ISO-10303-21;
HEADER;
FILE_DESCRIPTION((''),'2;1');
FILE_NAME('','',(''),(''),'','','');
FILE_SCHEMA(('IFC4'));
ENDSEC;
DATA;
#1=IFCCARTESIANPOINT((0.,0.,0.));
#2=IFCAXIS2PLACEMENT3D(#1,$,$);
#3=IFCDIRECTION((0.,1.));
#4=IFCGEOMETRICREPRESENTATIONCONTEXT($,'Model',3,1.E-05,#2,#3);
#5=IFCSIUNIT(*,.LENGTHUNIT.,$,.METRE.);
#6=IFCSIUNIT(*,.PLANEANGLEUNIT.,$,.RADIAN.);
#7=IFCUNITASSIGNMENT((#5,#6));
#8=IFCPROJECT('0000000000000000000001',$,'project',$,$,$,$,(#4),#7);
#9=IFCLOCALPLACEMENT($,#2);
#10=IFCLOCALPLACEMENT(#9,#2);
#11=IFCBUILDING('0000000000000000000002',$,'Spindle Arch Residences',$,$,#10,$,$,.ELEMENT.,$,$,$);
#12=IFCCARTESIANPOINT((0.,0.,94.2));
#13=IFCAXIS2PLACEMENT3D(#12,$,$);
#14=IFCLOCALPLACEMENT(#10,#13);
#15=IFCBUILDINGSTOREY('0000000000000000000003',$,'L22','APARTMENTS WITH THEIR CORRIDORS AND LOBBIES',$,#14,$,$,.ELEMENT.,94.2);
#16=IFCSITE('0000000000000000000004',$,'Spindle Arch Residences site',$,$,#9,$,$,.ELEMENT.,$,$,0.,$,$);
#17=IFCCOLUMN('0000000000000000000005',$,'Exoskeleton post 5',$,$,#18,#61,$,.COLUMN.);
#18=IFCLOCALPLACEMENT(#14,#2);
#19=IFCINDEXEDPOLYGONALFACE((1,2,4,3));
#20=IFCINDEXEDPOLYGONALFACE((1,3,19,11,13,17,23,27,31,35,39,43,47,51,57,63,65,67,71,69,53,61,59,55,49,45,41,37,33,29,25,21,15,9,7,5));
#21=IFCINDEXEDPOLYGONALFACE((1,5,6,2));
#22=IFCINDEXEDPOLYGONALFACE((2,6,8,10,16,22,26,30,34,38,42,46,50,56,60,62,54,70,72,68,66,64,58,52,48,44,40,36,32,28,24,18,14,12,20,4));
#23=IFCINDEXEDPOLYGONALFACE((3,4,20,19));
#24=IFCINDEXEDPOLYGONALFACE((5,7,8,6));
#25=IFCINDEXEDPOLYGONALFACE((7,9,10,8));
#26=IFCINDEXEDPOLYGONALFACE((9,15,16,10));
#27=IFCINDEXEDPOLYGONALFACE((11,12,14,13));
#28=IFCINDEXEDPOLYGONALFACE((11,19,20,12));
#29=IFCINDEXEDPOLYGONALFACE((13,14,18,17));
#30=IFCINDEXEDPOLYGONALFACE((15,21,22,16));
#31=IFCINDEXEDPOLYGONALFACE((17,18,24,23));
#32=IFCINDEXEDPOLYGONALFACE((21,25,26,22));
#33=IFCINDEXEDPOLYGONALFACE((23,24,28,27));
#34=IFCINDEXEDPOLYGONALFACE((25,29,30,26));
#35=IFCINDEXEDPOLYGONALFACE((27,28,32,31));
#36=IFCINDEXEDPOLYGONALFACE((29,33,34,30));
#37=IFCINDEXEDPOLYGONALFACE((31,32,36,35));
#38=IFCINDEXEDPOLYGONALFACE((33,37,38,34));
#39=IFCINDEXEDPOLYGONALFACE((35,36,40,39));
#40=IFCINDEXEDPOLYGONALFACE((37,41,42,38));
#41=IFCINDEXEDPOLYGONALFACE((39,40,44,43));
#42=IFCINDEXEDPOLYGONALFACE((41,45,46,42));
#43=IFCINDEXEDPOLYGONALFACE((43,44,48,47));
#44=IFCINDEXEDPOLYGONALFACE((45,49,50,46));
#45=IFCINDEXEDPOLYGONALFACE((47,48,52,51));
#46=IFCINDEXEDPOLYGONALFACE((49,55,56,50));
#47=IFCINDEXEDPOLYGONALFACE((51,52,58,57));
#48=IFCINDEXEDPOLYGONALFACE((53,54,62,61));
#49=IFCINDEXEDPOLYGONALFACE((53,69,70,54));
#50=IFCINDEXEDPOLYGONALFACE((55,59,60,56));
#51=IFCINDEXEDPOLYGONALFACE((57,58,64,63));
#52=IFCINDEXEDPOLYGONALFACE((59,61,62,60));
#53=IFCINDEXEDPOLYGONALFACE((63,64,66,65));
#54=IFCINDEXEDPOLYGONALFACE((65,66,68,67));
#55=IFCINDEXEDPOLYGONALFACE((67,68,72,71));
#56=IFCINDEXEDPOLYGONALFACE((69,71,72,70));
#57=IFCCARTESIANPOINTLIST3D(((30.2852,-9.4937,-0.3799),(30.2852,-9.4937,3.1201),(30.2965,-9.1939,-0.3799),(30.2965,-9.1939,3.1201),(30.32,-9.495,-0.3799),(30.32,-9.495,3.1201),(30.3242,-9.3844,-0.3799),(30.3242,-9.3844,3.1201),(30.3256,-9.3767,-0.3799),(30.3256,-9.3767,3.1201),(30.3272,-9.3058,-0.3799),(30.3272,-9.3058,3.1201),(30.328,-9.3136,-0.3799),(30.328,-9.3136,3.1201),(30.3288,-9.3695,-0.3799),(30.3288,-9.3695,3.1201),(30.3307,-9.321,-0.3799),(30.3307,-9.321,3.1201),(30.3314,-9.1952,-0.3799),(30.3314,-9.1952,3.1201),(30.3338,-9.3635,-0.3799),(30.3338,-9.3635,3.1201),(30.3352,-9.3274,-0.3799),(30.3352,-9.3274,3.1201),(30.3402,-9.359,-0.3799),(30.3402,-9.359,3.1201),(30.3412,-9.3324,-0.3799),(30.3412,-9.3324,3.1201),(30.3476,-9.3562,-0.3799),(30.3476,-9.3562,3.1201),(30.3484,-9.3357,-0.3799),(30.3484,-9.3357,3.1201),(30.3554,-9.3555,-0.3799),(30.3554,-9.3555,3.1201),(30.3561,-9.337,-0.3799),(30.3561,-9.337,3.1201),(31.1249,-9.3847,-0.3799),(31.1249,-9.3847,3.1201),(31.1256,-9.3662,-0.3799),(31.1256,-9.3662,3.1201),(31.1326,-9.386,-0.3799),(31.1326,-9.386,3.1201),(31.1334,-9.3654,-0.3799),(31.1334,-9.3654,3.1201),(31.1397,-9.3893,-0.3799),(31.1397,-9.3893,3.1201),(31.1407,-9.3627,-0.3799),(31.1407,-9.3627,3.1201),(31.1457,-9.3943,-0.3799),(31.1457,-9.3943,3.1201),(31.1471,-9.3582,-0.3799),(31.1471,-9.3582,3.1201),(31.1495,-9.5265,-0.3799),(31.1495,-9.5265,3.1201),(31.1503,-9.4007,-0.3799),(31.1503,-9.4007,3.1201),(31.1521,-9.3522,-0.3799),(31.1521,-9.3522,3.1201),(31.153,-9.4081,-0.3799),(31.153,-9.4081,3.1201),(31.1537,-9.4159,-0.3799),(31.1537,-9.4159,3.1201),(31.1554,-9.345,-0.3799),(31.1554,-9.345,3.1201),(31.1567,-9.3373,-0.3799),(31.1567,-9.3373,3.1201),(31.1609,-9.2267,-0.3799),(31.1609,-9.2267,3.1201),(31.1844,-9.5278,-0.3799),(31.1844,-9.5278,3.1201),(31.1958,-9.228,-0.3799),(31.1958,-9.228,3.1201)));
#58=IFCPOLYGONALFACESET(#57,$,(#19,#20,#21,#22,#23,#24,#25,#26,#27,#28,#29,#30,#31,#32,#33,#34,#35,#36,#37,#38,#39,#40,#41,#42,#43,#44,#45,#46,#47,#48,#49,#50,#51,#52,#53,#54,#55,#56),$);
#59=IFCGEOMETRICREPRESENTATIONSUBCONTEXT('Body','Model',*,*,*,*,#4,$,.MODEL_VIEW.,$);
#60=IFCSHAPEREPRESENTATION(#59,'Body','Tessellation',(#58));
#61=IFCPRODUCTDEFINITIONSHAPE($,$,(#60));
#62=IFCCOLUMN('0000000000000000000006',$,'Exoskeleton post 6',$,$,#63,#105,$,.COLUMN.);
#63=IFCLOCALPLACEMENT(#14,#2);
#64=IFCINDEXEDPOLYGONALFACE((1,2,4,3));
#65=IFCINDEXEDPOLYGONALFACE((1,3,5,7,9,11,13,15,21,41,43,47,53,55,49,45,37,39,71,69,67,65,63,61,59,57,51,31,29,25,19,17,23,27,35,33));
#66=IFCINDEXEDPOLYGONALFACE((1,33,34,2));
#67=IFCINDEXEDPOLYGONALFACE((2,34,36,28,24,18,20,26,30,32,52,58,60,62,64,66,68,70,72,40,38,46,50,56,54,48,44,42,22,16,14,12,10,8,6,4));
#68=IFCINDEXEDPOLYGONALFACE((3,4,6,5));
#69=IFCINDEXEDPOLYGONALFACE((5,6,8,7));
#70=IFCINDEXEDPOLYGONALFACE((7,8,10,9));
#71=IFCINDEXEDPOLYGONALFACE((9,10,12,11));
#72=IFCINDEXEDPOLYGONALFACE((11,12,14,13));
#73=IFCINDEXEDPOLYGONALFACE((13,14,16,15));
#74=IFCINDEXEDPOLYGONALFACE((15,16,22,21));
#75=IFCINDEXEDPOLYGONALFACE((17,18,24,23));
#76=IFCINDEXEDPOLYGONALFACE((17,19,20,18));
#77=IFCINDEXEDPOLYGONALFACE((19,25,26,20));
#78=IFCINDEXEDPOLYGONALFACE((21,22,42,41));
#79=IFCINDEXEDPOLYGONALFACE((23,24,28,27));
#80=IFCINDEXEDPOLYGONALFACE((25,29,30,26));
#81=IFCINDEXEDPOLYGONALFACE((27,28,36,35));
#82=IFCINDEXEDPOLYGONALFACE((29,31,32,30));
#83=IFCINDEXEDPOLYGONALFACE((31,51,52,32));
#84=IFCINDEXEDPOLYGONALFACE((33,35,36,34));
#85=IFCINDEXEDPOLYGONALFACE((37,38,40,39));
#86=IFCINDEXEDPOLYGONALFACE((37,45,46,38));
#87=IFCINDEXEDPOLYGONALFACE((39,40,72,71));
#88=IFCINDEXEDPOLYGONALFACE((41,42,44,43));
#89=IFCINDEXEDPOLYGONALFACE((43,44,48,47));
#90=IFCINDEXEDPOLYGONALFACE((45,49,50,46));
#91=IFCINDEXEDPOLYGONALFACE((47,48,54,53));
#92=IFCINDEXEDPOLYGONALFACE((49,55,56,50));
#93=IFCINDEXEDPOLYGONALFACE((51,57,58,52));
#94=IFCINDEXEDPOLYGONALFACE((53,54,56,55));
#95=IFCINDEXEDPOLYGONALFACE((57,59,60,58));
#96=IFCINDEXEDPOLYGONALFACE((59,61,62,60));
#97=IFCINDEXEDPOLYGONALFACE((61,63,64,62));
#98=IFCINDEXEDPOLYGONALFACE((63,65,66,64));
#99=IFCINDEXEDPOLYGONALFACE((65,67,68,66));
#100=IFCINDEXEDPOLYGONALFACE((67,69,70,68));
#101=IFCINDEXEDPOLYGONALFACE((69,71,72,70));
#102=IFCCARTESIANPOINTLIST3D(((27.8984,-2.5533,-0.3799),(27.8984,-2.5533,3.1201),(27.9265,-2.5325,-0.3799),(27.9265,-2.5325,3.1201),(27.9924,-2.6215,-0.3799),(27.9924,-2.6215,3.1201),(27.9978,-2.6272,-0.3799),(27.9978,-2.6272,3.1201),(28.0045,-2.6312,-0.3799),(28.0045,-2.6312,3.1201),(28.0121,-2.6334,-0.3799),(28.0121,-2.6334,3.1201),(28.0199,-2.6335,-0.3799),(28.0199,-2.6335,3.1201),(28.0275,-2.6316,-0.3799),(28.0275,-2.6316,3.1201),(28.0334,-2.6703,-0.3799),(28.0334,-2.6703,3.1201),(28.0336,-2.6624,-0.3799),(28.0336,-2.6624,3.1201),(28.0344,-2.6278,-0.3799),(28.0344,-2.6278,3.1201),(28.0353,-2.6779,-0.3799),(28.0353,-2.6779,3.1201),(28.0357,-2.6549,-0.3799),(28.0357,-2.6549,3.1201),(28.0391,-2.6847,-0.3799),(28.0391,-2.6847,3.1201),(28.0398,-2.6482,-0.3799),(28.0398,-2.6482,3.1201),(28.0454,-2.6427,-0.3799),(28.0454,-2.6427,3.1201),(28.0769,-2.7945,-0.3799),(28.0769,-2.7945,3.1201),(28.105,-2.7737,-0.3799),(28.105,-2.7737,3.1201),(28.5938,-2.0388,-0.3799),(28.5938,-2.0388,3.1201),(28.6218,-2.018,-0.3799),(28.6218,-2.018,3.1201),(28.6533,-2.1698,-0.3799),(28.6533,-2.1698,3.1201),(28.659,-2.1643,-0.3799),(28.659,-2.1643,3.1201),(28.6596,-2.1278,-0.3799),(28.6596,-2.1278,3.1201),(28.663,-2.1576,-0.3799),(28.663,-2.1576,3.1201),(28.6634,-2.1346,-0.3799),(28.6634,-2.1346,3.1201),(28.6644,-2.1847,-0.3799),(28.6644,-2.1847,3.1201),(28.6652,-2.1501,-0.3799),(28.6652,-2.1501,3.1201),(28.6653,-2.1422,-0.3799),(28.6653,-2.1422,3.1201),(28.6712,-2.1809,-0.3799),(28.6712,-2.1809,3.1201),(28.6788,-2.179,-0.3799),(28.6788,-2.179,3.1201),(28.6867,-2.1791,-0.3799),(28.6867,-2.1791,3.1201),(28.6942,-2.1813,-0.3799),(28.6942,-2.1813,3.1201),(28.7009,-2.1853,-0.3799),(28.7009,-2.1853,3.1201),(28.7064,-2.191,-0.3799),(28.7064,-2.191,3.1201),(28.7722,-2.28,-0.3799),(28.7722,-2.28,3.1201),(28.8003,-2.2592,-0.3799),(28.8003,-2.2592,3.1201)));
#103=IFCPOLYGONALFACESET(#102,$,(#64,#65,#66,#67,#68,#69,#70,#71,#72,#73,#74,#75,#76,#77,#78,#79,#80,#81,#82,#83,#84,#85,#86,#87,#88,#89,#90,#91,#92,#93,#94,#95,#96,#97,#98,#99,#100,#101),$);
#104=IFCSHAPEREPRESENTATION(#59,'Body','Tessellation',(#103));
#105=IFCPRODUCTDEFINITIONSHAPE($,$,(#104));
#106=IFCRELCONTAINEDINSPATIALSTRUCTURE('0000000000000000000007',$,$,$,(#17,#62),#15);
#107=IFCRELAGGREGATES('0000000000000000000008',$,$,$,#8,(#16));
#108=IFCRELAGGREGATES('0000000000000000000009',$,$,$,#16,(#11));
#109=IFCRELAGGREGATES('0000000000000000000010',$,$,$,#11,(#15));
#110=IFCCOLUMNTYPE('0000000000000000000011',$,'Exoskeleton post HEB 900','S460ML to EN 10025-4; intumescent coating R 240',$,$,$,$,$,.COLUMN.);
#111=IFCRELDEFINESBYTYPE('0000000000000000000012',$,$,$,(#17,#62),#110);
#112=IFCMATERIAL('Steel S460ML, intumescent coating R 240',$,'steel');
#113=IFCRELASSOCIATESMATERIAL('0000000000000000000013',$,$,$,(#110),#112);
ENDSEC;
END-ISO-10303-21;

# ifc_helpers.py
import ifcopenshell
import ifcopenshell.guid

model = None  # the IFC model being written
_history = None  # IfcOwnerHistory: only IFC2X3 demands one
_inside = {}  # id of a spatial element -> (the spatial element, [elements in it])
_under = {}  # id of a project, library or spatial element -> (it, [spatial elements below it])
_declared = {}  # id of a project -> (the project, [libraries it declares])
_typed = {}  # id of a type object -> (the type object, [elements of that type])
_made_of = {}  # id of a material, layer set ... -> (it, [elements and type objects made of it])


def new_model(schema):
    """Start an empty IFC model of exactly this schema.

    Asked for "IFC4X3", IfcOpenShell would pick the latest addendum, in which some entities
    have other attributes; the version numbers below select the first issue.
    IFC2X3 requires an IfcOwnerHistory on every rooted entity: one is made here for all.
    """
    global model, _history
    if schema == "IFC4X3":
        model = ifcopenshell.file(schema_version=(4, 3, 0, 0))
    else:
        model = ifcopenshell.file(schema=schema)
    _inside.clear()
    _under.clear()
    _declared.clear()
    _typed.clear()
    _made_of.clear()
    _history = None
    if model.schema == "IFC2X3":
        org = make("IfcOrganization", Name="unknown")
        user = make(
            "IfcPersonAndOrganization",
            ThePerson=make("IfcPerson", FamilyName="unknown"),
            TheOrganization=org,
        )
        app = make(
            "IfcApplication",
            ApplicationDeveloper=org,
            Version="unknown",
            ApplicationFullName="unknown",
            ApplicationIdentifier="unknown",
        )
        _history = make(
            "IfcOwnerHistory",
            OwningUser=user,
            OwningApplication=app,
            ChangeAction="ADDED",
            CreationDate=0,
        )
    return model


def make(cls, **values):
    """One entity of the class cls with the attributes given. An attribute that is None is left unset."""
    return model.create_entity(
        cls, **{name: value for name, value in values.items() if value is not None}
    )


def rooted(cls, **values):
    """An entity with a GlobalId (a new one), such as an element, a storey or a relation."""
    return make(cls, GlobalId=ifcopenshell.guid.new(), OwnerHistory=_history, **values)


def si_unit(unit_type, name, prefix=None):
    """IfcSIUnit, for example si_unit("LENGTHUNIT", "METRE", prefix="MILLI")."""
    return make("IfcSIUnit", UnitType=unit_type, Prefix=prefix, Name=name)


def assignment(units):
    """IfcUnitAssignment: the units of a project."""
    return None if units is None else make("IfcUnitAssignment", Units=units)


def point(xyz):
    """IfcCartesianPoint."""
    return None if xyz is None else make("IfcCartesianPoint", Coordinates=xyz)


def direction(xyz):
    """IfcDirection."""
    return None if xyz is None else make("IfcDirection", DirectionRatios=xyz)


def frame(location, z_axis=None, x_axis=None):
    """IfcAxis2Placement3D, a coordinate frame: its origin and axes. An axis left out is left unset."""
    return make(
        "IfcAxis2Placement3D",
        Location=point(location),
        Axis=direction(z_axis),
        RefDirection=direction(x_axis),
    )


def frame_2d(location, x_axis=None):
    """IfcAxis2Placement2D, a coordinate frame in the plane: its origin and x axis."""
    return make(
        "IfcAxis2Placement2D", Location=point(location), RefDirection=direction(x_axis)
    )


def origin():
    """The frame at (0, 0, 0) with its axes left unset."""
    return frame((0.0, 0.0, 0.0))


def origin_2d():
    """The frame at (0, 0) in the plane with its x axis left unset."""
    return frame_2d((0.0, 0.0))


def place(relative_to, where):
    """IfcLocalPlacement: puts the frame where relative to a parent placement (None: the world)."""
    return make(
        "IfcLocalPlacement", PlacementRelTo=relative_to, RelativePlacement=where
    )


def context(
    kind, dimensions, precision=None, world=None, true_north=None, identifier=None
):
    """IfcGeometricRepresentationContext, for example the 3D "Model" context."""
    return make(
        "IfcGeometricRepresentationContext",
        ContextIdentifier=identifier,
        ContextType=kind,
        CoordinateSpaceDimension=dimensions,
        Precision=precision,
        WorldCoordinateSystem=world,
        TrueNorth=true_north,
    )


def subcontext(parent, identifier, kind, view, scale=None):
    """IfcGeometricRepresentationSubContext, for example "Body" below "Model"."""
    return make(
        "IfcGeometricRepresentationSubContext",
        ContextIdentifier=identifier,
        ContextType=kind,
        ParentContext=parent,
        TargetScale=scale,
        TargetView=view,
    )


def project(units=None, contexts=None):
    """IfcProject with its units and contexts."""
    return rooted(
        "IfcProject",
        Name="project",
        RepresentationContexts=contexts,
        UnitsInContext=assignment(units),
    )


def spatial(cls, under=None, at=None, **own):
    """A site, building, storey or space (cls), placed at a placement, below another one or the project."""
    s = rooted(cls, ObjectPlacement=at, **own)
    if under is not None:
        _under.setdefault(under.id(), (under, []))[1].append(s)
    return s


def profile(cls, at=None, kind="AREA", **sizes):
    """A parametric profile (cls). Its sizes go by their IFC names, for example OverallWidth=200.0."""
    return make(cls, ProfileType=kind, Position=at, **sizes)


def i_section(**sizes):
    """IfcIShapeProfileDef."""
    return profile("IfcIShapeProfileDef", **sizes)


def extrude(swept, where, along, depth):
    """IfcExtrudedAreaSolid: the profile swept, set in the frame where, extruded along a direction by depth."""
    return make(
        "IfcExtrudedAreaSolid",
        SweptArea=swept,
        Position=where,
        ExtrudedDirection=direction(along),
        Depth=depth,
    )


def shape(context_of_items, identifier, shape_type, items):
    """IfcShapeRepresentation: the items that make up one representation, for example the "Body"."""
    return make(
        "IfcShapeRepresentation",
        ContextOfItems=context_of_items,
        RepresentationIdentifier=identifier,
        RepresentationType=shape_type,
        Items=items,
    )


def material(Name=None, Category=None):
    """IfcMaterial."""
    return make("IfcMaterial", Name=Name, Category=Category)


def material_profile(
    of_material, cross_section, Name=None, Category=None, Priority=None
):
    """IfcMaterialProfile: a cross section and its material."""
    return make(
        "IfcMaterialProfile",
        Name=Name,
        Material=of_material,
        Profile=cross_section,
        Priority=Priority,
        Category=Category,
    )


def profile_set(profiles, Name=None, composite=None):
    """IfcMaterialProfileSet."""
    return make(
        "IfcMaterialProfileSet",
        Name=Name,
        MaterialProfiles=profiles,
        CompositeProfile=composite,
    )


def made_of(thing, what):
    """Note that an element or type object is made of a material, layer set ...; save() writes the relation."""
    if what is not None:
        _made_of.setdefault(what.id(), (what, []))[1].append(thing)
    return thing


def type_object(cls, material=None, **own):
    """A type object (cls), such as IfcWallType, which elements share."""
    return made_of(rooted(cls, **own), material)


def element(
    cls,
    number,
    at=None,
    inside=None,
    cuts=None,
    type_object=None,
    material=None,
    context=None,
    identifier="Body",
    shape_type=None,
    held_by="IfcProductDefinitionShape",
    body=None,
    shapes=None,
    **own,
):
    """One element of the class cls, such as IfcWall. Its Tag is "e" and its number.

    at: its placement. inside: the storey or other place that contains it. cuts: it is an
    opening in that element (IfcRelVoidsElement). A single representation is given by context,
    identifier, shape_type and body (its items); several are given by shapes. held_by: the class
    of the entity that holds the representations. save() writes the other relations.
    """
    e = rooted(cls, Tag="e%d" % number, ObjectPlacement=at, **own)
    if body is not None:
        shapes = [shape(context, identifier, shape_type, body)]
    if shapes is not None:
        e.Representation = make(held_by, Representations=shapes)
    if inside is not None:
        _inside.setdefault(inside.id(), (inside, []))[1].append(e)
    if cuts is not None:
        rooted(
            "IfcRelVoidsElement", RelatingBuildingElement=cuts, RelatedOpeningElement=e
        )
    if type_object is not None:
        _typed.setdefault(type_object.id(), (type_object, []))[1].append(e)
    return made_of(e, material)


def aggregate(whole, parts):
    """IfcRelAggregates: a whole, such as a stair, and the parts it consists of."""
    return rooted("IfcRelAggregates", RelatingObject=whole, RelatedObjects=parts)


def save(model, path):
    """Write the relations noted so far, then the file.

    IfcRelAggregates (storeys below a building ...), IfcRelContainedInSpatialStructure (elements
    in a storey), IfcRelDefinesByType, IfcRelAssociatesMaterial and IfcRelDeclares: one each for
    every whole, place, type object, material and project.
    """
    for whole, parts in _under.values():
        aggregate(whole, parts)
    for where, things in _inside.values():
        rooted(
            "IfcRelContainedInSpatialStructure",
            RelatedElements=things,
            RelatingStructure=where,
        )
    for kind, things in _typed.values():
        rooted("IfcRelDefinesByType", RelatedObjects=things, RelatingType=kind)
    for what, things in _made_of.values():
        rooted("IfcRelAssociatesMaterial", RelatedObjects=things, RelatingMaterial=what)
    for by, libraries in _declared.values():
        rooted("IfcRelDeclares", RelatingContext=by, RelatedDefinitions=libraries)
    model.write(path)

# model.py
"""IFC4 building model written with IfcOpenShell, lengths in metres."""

from ifc_helpers import new_model, si_unit, direction, frame, origin, origin_2d, place, context, subcontext, project, spatial, i_section, extrude, material, material_profile, profile_set, type_object, element, save


model = new_model("IFC4")

# Units and contexts
model_context = context("Model", 3, precision=1e-05, world=origin(), true_north=direction((0.0, 1.0)))
body_context = subcontext(model_context, "Body", "Model", "MODEL_VIEW")
ifc_project = project(units=[si_unit("LENGTHUNIT", "METRE"), si_unit("PLANEANGLEUNIT", "RADIAN")], contexts=[model_context])

# Site, building, storey
site_placement = place(None, origin())
site = spatial("IfcSite", under=ifc_project, at=site_placement, Name="Spindle Arch Residences site", CompositionType="ELEMENT", RefElevation=0.0)
building_placement = place(site_placement, origin())
building = spatial("IfcBuilding", under=site, at=building_placement, Name="Spindle Arch Residences", CompositionType="ELEMENT")
storey_placement = place(building_placement, frame((0.0, 0.0, 94.2)))
storey = spatial("IfcBuildingStorey", under=building, at=storey_placement, Name="L22", Description="APARTMENTS WITH THEIR CORRIDORS AND LOBBIES", CompositionType="ELEMENT", Elevation=94.2)

# Columns
ifc_material_1 = material(Name="Steel S460ML, intumescent coating R 240", Category="steel")
ifc_material_profile_1 = material_profile(ifc_material_1, i_section(OverallWidth=0.3, OverallDepth=0.8999, WebThickness=0.0186, FlangeThickness=0.0349, FilletRadius=0.03, at=origin_2d()), Name="HEB 900")
ifc_profile_set_1 = profile_set([ifc_material_profile_1], Name="Steel S460ML, intumescent coating R 240")
column_type_1 = type_object("IfcColumnType", Name="Exoskeleton post HEB 900", Description="S460ML to EN 10025-4; intumescent coating R 240", PredefinedType="COLUMN", material=ifc_profile_set_1)
for number, where, z_axis, x_axis, name in (
    (1, (30.7405, -9.3608, -0.3799), (0.0, 0.0, 1.0), (-0.037924, -0.999281, 0.0), "Exoskeleton post 5"),
    (2, (28.3494, -2.4062, -0.3799), (0.0, 0.0, 1.0), (0.594823, -0.803857, 0.0), "Exoskeleton post 6"),
):
    element("IfcColumn", number, at=place(storey_placement, frame(where, z_axis=z_axis, x_axis=x_axis)), inside=storey, type_object=column_type_1, Name=name, PredefinedType="COLUMN", context=body_context, shape_type="SweptSolid", body=[
        extrude(i_section(OverallWidth=0.3, OverallDepth=0.8999, WebThickness=0.0186, FlangeThickness=0.0349, FilletRadius=0.03, at=origin_2d()), origin(), (0.0, 0.0, 1.0), 3.5),
    ])

save(model, "model.ifc")
